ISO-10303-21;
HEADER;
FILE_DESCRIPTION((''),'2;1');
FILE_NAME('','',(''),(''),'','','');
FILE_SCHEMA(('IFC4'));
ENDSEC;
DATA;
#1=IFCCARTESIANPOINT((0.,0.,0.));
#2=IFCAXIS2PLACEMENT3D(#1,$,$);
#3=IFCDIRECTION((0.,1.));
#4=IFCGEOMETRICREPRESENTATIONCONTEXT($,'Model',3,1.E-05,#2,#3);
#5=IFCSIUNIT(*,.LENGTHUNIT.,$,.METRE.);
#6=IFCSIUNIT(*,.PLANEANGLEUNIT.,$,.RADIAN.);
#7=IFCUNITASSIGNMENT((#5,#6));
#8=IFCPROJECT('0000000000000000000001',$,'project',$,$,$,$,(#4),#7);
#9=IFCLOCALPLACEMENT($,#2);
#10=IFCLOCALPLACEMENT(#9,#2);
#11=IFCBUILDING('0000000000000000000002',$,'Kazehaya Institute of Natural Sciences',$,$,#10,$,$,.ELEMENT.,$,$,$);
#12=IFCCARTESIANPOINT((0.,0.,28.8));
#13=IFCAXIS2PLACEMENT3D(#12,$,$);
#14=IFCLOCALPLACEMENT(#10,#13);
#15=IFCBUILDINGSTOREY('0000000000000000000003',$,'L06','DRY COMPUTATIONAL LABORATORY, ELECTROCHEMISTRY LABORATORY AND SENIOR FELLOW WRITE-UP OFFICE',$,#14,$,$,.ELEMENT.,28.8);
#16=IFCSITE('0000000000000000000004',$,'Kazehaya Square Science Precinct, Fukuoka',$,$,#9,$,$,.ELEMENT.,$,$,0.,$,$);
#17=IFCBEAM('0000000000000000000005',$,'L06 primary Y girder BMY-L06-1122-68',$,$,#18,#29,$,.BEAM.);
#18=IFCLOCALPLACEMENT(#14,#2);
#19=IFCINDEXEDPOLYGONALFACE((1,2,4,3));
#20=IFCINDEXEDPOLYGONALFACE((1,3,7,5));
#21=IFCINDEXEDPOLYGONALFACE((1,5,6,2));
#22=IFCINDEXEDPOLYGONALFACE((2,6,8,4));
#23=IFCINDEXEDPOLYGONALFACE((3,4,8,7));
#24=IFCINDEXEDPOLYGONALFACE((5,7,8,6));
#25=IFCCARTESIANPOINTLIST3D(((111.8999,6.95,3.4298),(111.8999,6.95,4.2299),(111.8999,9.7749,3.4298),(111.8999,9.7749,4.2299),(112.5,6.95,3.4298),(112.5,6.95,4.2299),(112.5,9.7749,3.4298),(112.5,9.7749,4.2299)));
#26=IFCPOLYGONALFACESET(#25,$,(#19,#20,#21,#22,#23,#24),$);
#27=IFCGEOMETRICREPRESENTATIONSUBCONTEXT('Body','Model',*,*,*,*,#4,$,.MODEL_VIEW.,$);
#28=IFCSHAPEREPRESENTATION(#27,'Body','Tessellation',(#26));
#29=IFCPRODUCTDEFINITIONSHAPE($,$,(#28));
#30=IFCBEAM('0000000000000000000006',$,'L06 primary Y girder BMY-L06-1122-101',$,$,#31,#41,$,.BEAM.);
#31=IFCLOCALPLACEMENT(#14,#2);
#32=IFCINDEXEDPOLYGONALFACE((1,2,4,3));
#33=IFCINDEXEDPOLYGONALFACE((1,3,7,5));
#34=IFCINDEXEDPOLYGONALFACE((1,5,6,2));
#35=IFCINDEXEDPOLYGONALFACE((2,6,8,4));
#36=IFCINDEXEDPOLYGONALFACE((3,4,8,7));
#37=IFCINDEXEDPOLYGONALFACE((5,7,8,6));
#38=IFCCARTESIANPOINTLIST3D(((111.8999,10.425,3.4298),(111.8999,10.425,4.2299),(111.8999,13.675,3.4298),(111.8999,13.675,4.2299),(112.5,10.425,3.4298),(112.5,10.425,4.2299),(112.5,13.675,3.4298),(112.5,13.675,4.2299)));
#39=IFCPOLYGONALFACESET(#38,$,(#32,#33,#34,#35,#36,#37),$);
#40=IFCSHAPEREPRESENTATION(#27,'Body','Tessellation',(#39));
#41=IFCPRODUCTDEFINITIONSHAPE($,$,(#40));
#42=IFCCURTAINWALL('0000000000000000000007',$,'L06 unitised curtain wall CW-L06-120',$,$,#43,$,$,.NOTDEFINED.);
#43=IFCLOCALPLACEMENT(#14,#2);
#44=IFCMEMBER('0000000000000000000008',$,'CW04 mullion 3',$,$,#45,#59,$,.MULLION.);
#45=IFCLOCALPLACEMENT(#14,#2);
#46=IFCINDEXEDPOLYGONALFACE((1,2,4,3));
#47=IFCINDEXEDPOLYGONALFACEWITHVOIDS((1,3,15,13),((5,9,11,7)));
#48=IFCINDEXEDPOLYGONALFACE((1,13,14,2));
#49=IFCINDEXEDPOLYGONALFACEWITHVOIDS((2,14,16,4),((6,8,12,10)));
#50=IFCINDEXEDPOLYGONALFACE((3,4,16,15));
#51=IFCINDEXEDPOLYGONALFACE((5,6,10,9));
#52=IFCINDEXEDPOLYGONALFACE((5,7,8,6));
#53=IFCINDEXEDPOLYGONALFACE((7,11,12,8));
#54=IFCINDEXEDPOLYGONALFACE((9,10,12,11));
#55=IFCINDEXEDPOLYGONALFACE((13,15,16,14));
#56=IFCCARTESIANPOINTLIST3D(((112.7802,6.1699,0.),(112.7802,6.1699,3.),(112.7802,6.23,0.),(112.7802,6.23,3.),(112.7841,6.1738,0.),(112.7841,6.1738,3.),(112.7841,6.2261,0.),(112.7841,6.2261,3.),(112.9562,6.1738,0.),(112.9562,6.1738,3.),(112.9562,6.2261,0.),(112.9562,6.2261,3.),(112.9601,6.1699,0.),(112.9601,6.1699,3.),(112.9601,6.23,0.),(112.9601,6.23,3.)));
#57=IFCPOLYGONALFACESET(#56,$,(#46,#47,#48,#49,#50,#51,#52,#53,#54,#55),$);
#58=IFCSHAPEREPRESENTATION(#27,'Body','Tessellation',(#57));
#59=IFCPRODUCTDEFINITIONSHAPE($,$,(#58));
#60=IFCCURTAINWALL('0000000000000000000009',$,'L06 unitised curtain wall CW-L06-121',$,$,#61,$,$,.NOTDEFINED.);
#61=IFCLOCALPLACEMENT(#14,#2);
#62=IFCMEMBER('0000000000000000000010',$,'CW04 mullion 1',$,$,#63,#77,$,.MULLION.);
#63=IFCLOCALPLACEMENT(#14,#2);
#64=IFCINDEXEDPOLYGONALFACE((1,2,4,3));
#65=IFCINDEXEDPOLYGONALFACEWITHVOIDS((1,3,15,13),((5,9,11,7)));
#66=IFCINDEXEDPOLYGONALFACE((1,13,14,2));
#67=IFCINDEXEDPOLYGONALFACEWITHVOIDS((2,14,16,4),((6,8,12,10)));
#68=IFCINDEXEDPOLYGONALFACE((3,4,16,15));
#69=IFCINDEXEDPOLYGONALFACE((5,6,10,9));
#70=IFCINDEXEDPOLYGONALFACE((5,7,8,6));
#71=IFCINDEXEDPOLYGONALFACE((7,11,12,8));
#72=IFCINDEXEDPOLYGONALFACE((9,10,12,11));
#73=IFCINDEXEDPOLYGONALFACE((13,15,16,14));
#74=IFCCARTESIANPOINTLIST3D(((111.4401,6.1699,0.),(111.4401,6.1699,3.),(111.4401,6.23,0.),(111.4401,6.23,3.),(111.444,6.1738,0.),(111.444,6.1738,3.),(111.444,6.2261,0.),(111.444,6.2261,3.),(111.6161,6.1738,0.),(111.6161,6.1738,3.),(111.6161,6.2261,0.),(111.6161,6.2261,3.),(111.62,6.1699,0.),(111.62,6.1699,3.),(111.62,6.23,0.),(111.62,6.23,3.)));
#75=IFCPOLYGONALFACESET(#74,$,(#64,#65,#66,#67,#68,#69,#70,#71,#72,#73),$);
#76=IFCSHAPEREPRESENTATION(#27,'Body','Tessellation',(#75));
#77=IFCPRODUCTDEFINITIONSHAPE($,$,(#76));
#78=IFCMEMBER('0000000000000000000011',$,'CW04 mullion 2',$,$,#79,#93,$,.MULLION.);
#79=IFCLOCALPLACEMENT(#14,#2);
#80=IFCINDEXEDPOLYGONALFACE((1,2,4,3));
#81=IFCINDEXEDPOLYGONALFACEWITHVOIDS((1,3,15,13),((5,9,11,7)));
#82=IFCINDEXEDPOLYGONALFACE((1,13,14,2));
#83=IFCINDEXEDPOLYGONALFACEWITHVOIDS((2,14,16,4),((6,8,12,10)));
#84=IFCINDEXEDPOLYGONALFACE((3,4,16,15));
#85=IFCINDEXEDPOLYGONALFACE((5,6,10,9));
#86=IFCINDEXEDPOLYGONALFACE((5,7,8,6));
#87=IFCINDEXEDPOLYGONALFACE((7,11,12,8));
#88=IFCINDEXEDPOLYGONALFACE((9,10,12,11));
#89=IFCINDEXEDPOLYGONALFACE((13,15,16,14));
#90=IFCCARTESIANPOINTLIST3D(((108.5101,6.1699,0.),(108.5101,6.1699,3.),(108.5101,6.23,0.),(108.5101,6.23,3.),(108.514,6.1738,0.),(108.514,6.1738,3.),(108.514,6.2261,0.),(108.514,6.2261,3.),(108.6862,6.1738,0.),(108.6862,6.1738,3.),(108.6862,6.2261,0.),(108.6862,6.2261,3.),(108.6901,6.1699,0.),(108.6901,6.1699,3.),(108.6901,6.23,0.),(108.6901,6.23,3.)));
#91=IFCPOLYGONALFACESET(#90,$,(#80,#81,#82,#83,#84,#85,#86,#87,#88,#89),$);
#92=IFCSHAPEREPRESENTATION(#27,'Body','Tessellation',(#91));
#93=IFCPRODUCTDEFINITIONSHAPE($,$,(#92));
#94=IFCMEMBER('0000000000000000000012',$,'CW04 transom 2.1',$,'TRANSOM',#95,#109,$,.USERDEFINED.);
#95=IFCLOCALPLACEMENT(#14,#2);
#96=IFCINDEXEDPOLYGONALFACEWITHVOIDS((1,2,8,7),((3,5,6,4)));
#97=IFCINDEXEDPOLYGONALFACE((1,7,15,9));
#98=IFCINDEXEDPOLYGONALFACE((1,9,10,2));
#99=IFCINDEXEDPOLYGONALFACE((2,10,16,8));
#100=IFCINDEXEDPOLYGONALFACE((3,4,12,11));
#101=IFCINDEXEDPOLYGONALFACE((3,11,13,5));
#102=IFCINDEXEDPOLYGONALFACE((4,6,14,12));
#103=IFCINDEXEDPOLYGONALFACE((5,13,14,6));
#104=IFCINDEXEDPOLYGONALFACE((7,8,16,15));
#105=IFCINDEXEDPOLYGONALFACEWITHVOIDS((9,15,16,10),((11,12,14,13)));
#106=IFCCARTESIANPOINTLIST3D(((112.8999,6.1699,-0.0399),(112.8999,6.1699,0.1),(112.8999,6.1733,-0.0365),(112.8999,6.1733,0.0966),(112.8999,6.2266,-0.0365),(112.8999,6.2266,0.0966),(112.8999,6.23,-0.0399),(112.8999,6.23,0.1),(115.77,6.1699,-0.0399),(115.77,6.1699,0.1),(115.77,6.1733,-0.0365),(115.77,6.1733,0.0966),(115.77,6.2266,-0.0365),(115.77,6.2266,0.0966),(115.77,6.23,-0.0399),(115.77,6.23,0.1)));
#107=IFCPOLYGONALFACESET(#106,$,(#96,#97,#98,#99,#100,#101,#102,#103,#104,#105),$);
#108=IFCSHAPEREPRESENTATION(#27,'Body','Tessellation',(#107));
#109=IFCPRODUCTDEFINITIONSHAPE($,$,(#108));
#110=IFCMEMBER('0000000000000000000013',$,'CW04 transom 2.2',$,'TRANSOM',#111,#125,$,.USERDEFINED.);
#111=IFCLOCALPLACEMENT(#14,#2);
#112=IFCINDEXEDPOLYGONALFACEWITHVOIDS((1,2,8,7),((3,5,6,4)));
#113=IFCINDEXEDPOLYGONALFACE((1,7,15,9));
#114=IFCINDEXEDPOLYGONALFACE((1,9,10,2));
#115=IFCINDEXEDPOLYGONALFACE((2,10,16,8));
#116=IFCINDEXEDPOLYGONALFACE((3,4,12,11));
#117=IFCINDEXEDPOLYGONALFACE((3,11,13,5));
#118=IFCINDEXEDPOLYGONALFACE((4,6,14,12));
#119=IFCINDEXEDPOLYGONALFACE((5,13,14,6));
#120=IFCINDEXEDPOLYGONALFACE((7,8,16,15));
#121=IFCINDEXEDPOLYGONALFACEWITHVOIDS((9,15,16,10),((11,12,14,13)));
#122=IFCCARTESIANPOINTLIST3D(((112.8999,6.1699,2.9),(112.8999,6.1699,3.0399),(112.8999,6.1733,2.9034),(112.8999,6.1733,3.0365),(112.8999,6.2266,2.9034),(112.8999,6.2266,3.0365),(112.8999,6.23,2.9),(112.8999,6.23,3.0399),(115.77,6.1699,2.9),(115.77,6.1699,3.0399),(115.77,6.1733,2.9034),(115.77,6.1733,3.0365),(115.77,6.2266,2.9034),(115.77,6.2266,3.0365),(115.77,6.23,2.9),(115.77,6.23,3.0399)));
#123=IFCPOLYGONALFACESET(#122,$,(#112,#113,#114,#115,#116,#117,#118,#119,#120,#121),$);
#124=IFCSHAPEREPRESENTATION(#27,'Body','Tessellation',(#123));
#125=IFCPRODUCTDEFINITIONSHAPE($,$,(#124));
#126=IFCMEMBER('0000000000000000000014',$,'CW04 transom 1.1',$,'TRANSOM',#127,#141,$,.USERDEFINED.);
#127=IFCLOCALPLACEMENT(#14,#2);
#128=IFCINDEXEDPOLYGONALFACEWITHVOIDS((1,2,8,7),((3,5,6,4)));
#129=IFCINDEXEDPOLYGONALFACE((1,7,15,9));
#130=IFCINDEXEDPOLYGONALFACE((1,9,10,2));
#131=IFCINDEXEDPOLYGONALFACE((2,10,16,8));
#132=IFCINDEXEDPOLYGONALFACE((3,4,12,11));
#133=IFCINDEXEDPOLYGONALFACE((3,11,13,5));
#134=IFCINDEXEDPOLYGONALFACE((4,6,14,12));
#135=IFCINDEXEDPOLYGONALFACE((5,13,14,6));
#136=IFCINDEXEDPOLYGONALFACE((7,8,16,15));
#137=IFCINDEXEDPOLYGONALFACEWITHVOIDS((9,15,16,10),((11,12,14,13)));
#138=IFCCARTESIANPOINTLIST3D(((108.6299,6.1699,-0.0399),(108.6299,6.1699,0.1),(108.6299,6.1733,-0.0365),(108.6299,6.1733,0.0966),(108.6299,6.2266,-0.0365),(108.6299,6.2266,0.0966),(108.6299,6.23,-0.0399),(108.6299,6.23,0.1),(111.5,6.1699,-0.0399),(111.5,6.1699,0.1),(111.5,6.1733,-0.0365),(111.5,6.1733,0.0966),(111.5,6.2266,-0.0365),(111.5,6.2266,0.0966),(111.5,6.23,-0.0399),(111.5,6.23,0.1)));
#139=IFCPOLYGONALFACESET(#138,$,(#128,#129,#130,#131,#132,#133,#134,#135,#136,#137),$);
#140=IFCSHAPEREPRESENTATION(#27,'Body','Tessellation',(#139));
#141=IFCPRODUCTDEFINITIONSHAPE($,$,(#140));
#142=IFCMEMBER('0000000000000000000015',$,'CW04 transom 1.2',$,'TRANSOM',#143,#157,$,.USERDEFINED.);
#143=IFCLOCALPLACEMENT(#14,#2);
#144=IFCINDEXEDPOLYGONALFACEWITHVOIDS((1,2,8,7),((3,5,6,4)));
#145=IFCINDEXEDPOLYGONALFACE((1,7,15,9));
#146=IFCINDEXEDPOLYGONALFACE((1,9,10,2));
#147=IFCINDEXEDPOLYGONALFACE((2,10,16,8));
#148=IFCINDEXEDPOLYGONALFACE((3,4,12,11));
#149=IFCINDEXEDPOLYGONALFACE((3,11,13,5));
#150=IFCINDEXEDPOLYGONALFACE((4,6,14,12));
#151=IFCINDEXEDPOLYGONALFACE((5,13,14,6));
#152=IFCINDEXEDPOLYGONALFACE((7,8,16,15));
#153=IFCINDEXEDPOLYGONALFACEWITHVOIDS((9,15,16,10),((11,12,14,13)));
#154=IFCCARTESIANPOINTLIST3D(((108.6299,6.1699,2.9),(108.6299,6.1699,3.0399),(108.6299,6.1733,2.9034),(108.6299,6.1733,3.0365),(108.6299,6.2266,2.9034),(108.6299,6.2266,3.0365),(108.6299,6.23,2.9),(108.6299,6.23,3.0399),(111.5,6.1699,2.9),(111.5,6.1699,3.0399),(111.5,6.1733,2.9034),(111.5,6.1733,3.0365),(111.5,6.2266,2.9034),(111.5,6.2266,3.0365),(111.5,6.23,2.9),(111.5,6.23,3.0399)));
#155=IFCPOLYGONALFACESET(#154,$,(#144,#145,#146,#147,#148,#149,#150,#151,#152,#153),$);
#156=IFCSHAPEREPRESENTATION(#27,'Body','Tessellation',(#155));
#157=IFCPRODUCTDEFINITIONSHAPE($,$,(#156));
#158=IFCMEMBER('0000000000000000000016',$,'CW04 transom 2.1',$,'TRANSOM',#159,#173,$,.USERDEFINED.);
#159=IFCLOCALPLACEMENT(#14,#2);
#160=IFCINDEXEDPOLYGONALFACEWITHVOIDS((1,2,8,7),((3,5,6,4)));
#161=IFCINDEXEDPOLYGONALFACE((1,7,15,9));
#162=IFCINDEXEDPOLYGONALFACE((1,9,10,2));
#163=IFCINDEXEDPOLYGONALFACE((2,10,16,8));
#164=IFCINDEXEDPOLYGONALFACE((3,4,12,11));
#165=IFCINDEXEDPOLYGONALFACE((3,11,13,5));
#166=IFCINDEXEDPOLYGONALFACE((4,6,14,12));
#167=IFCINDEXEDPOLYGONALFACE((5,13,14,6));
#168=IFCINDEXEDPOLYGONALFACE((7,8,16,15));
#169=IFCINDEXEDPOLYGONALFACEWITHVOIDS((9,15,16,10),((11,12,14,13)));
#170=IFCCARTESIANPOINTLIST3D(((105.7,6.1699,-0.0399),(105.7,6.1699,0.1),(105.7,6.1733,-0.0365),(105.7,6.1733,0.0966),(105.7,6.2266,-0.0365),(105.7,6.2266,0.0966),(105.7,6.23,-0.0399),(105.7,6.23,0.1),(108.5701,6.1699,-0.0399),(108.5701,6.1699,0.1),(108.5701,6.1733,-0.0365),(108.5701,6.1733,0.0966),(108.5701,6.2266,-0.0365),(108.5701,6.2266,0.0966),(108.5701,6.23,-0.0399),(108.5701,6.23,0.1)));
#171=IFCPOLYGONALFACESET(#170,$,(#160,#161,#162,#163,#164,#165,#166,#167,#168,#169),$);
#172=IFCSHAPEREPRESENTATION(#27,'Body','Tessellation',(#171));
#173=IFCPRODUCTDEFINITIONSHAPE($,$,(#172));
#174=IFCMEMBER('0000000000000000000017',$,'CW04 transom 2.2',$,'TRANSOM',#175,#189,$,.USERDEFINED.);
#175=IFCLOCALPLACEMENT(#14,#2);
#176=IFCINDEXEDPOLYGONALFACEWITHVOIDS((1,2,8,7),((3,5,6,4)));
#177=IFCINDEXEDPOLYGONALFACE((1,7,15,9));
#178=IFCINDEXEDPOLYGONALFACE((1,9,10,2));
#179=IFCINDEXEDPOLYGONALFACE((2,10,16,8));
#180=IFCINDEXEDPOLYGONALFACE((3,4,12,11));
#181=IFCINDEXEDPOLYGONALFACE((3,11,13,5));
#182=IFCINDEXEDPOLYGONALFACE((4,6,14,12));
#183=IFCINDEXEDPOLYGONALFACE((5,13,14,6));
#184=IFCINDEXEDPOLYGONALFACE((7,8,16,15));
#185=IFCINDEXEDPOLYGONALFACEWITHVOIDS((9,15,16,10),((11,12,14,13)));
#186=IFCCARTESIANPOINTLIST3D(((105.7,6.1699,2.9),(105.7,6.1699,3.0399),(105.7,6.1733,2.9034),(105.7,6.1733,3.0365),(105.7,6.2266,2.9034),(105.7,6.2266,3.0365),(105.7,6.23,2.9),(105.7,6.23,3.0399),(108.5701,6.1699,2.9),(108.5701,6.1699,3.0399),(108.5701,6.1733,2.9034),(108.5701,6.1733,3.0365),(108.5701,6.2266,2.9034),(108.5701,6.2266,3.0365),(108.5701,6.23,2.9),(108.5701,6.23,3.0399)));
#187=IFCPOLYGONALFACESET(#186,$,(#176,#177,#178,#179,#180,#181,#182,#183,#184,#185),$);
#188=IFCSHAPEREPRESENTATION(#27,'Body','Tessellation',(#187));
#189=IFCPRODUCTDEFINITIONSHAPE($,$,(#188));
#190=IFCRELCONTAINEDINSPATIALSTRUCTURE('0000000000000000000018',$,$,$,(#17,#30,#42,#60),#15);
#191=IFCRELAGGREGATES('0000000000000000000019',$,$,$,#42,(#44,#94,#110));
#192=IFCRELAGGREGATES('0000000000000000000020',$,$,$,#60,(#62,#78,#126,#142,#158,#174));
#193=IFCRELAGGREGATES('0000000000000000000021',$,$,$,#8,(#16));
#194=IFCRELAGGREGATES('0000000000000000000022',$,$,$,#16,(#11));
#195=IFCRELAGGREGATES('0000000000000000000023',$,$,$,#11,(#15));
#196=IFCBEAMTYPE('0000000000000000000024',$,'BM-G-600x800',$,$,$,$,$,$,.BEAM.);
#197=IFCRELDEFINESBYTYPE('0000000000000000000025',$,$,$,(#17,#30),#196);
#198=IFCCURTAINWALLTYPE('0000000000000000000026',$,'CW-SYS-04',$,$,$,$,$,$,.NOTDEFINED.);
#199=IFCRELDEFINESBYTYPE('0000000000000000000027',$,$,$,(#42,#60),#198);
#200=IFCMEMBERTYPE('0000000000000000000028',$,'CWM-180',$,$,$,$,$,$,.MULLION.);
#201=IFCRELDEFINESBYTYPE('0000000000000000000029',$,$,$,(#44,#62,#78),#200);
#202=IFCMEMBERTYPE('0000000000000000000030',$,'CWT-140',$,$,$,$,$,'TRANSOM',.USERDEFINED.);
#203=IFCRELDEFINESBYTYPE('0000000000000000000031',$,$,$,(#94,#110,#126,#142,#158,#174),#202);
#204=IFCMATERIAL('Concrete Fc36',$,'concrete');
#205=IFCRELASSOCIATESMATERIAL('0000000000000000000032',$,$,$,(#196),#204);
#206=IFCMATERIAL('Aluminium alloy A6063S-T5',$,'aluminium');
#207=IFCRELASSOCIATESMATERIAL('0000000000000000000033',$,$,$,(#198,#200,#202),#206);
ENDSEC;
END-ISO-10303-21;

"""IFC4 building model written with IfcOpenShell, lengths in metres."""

from ifc_helpers import new_model, si_unit, direction, frame, origin, origin_2d, place, context, subcontext, project, spatial, rectangle, hollow_rectangle, extrude, material, material_profile, profile_set, type_object, element, aggregate, save


model = new_model("IFC4")

# Units and contexts
model_context = context("Model", 3, precision=1e-05, world=origin(), true_north=direction((0.0, 1.0)))
body_context = subcontext(model_context, "Body", "Model", "MODEL_VIEW")
ifc_project = project(units=[si_unit("LENGTHUNIT", "METRE"), si_unit("PLANEANGLEUNIT", "RADIAN")], contexts=[model_context])

# Site, building, storey
site_placement = place(None, origin())
site = spatial("IfcSite", under=ifc_project, at=site_placement, Name="Kazehaya Square Science Precinct, Fukuoka", CompositionType="ELEMENT", RefElevation=0.0)
building_placement = place(site_placement, origin())
building = spatial("IfcBuilding", under=site, at=building_placement, Name="Kazehaya Institute of Natural Sciences", CompositionType="ELEMENT")
storey_placement = place(building_placement, frame((0.0, 0.0, 28.8)))
storey = spatial("IfcBuildingStorey", under=building, at=storey_placement, Name="L06", Description="DRY COMPUTATIONAL LABORATORY, ELECTROCHEMISTRY LABORATORY AND SENIOR FELLOW WRITE-UP OFFICE", CompositionType="ELEMENT", Elevation=28.8)

# Shared definitions
ifc_material_1 = material(Name="Concrete Fc36", Category="concrete")

# Beams
ifc_material_profile_1 = material_profile(ifc_material_1, rectangle(XDim=0.6001, YDim=0.8, at=origin_2d()), Name="RC-600x800")
ifc_profile_set_1 = profile_set([ifc_material_profile_1], Name="Concrete Fc36")
beam_type = type_object("IfcBeamType", Name="BM-G-600x800", PredefinedType="BEAM", material=ifc_profile_set_1)
beam_1_placement = place(storey_placement, frame((112.2, 6.95, 3.8298), z_axis=(0.0, 1.0, 0.0), x_axis=(-1.0, 0.0, 0.0)))
element("IfcBeam", 1, at=beam_1_placement, inside=storey, type_object=beam_type, Name="L06 primary Y girder BMY-L06-1122-68", PredefinedType="BEAM", context=body_context, shape_type="SweptSolid", body=[
    extrude(rectangle(XDim=0.6001, YDim=0.8, at=origin_2d()), origin(), (0.0, 0.0, 1.0), 2.825),
])
beam_2_placement = place(storey_placement, frame((112.2, 10.425, 3.8298), z_axis=(0.0, 1.0, 0.0), x_axis=(-1.0, 0.0, 0.0)))
element("IfcBeam", 2, at=beam_2_placement, inside=storey, type_object=beam_type, Name="L06 primary Y girder BMY-L06-1122-101", PredefinedType="BEAM", context=body_context, shape_type="SweptSolid", body=[
    extrude(rectangle(XDim=0.6001, YDim=0.8, at=origin_2d()), origin(), (0.0, 0.0, 1.0), 3.25),
])

# Curtain wall, member
ifc_material_2 = material(Name="Aluminium alloy A6063S-T5", Category="aluminium")
curtain_wall_type = type_object("IfcCurtainWallType", Name="CW-SYS-04", PredefinedType="NOTDEFINED", material=ifc_material_2)
curtain_wall_1_placement = place(storey_placement, origin())
curtain_wall_1 = element("IfcCurtainWall", 3, at=curtain_wall_1_placement, inside=storey, type_object=curtain_wall_type, Name="L06 unitised curtain wall CW-L06-120", PredefinedType="NOTDEFINED")
ifc_material_profile_2 = material_profile(ifc_material_2, hollow_rectangle(XDim=0.0601, YDim=0.1799, WallThickness=0.0039, at=origin_2d()), Name="ALU-60x180x4")
ifc_profile_set_2 = profile_set([ifc_material_profile_2], Name="Aluminium alloy A6063S-T5")
member_type_1 = type_object("IfcMemberType", Name="CWM-180", PredefinedType="MULLION", material=ifc_profile_set_2)
member_1_placement = place(storey_placement, frame((112.8701, 6.2, 0.0), z_axis=(0.0, 0.0, 1.0), x_axis=(0.0, -1.0, 0.0)))
member_1 = element("IfcMember", 4, at=member_1_placement, type_object=member_type_1, Name="CW04 mullion 3", PredefinedType="MULLION", context=body_context, shape_type="SweptSolid", body=[
    extrude(hollow_rectangle(XDim=0.0601, YDim=0.1799, WallThickness=0.0039, at=origin_2d()), origin(), (0.0, 0.0, 1.0), 3.0),
])

# Curtain wall, members
curtain_wall_2_placement = place(storey_placement, origin())
curtain_wall_2 = element("IfcCurtainWall", 5, at=curtain_wall_2_placement, inside=storey, type_object=curtain_wall_type, Name="L06 unitised curtain wall CW-L06-121", PredefinedType="NOTDEFINED")
member_2_placement = place(storey_placement, frame((111.53, 6.2, 0.0), z_axis=(0.0, 0.0, 1.0), x_axis=(0.0, -1.0, 0.0)))
member_2 = element("IfcMember", 6, at=member_2_placement, type_object=member_type_1, Name="CW04 mullion 1", PredefinedType="MULLION", context=body_context, shape_type="SweptSolid", body=[
    extrude(hollow_rectangle(XDim=0.0601, YDim=0.1799, WallThickness=0.0039, at=origin_2d()), origin(), (0.0, 0.0, 1.0), 3.0),
])
member_3_placement = place(storey_placement, frame((108.6001, 6.2, 0.0), z_axis=(0.0, 0.0, 1.0), x_axis=(0.0, -1.0, 0.0)))
member_3 = element("IfcMember", 7, at=member_3_placement, type_object=member_type_1, Name="CW04 mullion 2", PredefinedType="MULLION", context=body_context, shape_type="SweptSolid", body=[
    extrude(hollow_rectangle(XDim=0.0601, YDim=0.1799, WallThickness=0.0039, at=origin_2d()), origin(), (0.0, 0.0, 1.0), 3.0),
])

# Members
ifc_material_profile_3 = material_profile(ifc_material_2, hollow_rectangle(XDim=0.0601, YDim=0.1399, WallThickness=0.0034, at=origin_2d()), Name="ALU-60x140x3.5")
ifc_profile_set_3 = profile_set([ifc_material_profile_3], Name="Aluminium alloy A6063S-T5")
member_type_2 = type_object("IfcMemberType", Name="CWT-140", ElementType="TRANSOM", PredefinedType="USERDEFINED", material=ifc_profile_set_3)
member_4_placement = place(storey_placement, frame((115.77, 6.2, 0.03), z_axis=(-1.0, 0.0, 0.0), x_axis=(0.0, -1.0, 0.0)))
member_4 = element("IfcMember", 8, at=member_4_placement, type_object=member_type_2, Name="CW04 transom 2.1", ObjectType="TRANSOM", PredefinedType="USERDEFINED", context=body_context, shape_type="SweptSolid", body=[
    extrude(hollow_rectangle(XDim=0.0601, YDim=0.1399, WallThickness=0.0034, at=origin_2d()), origin(), (0.0, 0.0, 1.0), 2.8701),
])
member_5_placement = place(storey_placement, frame((115.77, 6.2, 2.97), z_axis=(-1.0, 0.0, 0.0), x_axis=(0.0, -1.0, 0.0)))
member_5 = element("IfcMember", 9, at=member_5_placement, type_object=member_type_2, Name="CW04 transom 2.2", ObjectType="TRANSOM", PredefinedType="USERDEFINED", context=body_context, shape_type="SweptSolid", body=[
    extrude(hollow_rectangle(XDim=0.0601, YDim=0.1399, WallThickness=0.0034, at=origin_2d()), origin(), (0.0, 0.0, 1.0), 2.8701),
])
member_6_placement = place(storey_placement, frame((111.5, 6.2, 0.03), z_axis=(-1.0, 0.0, 0.0), x_axis=(0.0, -1.0, 0.0)))
member_6 = element("IfcMember", 10, at=member_6_placement, type_object=member_type_2, Name="CW04 transom 1.1", ObjectType="TRANSOM", PredefinedType="USERDEFINED", context=body_context, shape_type="SweptSolid", body=[
    extrude(hollow_rectangle(XDim=0.0601, YDim=0.1399, WallThickness=0.0034, at=origin_2d()), origin(), (0.0, 0.0, 1.0), 2.8701),
])
member_7_placement = place(storey_placement, frame((111.5, 6.2, 2.97), z_axis=(-1.0, 0.0, 0.0), x_axis=(0.0, -1.0, 0.0)))
member_7 = element("IfcMember", 11, at=member_7_placement, type_object=member_type_2, Name="CW04 transom 1.2", ObjectType="TRANSOM", PredefinedType="USERDEFINED", context=body_context, shape_type="SweptSolid", body=[
    extrude(hollow_rectangle(XDim=0.0601, YDim=0.1399, WallThickness=0.0034, at=origin_2d()), origin(), (0.0, 0.0, 1.0), 2.8701),
])
member_8_placement = place(storey_placement, frame((108.5701, 6.2, 0.03), z_axis=(-1.0, 0.0, 0.0), x_axis=(0.0, -1.0, 0.0)))
member_8 = element("IfcMember", 12, at=member_8_placement, type_object=member_type_2, Name="CW04 transom 2.1", ObjectType="TRANSOM", PredefinedType="USERDEFINED", context=body_context, shape_type="SweptSolid", body=[
    extrude(hollow_rectangle(XDim=0.0601, YDim=0.1399, WallThickness=0.0034, at=origin_2d()), origin(), (0.0, 0.0, 1.0), 2.8701),
])
member_9_placement = place(storey_placement, frame((108.5701, 6.2, 2.97), z_axis=(-1.0, 0.0, 0.0), x_axis=(0.0, -1.0, 0.0)))
member_9 = element("IfcMember", 13, at=member_9_placement, type_object=member_type_2, Name="CW04 transom 2.2", ObjectType="TRANSOM", PredefinedType="USERDEFINED", context=body_context, shape_type="SweptSolid", body=[
    extrude(hollow_rectangle(XDim=0.0601, YDim=0.1399, WallThickness=0.0034, at=origin_2d()), origin(), (0.0, 0.0, 1.0), 2.8701),
])

aggregate(curtain_wall_1, [member_1, member_4, member_5])
aggregate(curtain_wall_2, [member_2, member_3, member_6, member_7, member_8, member_9])

save(model, "model.ifc")
